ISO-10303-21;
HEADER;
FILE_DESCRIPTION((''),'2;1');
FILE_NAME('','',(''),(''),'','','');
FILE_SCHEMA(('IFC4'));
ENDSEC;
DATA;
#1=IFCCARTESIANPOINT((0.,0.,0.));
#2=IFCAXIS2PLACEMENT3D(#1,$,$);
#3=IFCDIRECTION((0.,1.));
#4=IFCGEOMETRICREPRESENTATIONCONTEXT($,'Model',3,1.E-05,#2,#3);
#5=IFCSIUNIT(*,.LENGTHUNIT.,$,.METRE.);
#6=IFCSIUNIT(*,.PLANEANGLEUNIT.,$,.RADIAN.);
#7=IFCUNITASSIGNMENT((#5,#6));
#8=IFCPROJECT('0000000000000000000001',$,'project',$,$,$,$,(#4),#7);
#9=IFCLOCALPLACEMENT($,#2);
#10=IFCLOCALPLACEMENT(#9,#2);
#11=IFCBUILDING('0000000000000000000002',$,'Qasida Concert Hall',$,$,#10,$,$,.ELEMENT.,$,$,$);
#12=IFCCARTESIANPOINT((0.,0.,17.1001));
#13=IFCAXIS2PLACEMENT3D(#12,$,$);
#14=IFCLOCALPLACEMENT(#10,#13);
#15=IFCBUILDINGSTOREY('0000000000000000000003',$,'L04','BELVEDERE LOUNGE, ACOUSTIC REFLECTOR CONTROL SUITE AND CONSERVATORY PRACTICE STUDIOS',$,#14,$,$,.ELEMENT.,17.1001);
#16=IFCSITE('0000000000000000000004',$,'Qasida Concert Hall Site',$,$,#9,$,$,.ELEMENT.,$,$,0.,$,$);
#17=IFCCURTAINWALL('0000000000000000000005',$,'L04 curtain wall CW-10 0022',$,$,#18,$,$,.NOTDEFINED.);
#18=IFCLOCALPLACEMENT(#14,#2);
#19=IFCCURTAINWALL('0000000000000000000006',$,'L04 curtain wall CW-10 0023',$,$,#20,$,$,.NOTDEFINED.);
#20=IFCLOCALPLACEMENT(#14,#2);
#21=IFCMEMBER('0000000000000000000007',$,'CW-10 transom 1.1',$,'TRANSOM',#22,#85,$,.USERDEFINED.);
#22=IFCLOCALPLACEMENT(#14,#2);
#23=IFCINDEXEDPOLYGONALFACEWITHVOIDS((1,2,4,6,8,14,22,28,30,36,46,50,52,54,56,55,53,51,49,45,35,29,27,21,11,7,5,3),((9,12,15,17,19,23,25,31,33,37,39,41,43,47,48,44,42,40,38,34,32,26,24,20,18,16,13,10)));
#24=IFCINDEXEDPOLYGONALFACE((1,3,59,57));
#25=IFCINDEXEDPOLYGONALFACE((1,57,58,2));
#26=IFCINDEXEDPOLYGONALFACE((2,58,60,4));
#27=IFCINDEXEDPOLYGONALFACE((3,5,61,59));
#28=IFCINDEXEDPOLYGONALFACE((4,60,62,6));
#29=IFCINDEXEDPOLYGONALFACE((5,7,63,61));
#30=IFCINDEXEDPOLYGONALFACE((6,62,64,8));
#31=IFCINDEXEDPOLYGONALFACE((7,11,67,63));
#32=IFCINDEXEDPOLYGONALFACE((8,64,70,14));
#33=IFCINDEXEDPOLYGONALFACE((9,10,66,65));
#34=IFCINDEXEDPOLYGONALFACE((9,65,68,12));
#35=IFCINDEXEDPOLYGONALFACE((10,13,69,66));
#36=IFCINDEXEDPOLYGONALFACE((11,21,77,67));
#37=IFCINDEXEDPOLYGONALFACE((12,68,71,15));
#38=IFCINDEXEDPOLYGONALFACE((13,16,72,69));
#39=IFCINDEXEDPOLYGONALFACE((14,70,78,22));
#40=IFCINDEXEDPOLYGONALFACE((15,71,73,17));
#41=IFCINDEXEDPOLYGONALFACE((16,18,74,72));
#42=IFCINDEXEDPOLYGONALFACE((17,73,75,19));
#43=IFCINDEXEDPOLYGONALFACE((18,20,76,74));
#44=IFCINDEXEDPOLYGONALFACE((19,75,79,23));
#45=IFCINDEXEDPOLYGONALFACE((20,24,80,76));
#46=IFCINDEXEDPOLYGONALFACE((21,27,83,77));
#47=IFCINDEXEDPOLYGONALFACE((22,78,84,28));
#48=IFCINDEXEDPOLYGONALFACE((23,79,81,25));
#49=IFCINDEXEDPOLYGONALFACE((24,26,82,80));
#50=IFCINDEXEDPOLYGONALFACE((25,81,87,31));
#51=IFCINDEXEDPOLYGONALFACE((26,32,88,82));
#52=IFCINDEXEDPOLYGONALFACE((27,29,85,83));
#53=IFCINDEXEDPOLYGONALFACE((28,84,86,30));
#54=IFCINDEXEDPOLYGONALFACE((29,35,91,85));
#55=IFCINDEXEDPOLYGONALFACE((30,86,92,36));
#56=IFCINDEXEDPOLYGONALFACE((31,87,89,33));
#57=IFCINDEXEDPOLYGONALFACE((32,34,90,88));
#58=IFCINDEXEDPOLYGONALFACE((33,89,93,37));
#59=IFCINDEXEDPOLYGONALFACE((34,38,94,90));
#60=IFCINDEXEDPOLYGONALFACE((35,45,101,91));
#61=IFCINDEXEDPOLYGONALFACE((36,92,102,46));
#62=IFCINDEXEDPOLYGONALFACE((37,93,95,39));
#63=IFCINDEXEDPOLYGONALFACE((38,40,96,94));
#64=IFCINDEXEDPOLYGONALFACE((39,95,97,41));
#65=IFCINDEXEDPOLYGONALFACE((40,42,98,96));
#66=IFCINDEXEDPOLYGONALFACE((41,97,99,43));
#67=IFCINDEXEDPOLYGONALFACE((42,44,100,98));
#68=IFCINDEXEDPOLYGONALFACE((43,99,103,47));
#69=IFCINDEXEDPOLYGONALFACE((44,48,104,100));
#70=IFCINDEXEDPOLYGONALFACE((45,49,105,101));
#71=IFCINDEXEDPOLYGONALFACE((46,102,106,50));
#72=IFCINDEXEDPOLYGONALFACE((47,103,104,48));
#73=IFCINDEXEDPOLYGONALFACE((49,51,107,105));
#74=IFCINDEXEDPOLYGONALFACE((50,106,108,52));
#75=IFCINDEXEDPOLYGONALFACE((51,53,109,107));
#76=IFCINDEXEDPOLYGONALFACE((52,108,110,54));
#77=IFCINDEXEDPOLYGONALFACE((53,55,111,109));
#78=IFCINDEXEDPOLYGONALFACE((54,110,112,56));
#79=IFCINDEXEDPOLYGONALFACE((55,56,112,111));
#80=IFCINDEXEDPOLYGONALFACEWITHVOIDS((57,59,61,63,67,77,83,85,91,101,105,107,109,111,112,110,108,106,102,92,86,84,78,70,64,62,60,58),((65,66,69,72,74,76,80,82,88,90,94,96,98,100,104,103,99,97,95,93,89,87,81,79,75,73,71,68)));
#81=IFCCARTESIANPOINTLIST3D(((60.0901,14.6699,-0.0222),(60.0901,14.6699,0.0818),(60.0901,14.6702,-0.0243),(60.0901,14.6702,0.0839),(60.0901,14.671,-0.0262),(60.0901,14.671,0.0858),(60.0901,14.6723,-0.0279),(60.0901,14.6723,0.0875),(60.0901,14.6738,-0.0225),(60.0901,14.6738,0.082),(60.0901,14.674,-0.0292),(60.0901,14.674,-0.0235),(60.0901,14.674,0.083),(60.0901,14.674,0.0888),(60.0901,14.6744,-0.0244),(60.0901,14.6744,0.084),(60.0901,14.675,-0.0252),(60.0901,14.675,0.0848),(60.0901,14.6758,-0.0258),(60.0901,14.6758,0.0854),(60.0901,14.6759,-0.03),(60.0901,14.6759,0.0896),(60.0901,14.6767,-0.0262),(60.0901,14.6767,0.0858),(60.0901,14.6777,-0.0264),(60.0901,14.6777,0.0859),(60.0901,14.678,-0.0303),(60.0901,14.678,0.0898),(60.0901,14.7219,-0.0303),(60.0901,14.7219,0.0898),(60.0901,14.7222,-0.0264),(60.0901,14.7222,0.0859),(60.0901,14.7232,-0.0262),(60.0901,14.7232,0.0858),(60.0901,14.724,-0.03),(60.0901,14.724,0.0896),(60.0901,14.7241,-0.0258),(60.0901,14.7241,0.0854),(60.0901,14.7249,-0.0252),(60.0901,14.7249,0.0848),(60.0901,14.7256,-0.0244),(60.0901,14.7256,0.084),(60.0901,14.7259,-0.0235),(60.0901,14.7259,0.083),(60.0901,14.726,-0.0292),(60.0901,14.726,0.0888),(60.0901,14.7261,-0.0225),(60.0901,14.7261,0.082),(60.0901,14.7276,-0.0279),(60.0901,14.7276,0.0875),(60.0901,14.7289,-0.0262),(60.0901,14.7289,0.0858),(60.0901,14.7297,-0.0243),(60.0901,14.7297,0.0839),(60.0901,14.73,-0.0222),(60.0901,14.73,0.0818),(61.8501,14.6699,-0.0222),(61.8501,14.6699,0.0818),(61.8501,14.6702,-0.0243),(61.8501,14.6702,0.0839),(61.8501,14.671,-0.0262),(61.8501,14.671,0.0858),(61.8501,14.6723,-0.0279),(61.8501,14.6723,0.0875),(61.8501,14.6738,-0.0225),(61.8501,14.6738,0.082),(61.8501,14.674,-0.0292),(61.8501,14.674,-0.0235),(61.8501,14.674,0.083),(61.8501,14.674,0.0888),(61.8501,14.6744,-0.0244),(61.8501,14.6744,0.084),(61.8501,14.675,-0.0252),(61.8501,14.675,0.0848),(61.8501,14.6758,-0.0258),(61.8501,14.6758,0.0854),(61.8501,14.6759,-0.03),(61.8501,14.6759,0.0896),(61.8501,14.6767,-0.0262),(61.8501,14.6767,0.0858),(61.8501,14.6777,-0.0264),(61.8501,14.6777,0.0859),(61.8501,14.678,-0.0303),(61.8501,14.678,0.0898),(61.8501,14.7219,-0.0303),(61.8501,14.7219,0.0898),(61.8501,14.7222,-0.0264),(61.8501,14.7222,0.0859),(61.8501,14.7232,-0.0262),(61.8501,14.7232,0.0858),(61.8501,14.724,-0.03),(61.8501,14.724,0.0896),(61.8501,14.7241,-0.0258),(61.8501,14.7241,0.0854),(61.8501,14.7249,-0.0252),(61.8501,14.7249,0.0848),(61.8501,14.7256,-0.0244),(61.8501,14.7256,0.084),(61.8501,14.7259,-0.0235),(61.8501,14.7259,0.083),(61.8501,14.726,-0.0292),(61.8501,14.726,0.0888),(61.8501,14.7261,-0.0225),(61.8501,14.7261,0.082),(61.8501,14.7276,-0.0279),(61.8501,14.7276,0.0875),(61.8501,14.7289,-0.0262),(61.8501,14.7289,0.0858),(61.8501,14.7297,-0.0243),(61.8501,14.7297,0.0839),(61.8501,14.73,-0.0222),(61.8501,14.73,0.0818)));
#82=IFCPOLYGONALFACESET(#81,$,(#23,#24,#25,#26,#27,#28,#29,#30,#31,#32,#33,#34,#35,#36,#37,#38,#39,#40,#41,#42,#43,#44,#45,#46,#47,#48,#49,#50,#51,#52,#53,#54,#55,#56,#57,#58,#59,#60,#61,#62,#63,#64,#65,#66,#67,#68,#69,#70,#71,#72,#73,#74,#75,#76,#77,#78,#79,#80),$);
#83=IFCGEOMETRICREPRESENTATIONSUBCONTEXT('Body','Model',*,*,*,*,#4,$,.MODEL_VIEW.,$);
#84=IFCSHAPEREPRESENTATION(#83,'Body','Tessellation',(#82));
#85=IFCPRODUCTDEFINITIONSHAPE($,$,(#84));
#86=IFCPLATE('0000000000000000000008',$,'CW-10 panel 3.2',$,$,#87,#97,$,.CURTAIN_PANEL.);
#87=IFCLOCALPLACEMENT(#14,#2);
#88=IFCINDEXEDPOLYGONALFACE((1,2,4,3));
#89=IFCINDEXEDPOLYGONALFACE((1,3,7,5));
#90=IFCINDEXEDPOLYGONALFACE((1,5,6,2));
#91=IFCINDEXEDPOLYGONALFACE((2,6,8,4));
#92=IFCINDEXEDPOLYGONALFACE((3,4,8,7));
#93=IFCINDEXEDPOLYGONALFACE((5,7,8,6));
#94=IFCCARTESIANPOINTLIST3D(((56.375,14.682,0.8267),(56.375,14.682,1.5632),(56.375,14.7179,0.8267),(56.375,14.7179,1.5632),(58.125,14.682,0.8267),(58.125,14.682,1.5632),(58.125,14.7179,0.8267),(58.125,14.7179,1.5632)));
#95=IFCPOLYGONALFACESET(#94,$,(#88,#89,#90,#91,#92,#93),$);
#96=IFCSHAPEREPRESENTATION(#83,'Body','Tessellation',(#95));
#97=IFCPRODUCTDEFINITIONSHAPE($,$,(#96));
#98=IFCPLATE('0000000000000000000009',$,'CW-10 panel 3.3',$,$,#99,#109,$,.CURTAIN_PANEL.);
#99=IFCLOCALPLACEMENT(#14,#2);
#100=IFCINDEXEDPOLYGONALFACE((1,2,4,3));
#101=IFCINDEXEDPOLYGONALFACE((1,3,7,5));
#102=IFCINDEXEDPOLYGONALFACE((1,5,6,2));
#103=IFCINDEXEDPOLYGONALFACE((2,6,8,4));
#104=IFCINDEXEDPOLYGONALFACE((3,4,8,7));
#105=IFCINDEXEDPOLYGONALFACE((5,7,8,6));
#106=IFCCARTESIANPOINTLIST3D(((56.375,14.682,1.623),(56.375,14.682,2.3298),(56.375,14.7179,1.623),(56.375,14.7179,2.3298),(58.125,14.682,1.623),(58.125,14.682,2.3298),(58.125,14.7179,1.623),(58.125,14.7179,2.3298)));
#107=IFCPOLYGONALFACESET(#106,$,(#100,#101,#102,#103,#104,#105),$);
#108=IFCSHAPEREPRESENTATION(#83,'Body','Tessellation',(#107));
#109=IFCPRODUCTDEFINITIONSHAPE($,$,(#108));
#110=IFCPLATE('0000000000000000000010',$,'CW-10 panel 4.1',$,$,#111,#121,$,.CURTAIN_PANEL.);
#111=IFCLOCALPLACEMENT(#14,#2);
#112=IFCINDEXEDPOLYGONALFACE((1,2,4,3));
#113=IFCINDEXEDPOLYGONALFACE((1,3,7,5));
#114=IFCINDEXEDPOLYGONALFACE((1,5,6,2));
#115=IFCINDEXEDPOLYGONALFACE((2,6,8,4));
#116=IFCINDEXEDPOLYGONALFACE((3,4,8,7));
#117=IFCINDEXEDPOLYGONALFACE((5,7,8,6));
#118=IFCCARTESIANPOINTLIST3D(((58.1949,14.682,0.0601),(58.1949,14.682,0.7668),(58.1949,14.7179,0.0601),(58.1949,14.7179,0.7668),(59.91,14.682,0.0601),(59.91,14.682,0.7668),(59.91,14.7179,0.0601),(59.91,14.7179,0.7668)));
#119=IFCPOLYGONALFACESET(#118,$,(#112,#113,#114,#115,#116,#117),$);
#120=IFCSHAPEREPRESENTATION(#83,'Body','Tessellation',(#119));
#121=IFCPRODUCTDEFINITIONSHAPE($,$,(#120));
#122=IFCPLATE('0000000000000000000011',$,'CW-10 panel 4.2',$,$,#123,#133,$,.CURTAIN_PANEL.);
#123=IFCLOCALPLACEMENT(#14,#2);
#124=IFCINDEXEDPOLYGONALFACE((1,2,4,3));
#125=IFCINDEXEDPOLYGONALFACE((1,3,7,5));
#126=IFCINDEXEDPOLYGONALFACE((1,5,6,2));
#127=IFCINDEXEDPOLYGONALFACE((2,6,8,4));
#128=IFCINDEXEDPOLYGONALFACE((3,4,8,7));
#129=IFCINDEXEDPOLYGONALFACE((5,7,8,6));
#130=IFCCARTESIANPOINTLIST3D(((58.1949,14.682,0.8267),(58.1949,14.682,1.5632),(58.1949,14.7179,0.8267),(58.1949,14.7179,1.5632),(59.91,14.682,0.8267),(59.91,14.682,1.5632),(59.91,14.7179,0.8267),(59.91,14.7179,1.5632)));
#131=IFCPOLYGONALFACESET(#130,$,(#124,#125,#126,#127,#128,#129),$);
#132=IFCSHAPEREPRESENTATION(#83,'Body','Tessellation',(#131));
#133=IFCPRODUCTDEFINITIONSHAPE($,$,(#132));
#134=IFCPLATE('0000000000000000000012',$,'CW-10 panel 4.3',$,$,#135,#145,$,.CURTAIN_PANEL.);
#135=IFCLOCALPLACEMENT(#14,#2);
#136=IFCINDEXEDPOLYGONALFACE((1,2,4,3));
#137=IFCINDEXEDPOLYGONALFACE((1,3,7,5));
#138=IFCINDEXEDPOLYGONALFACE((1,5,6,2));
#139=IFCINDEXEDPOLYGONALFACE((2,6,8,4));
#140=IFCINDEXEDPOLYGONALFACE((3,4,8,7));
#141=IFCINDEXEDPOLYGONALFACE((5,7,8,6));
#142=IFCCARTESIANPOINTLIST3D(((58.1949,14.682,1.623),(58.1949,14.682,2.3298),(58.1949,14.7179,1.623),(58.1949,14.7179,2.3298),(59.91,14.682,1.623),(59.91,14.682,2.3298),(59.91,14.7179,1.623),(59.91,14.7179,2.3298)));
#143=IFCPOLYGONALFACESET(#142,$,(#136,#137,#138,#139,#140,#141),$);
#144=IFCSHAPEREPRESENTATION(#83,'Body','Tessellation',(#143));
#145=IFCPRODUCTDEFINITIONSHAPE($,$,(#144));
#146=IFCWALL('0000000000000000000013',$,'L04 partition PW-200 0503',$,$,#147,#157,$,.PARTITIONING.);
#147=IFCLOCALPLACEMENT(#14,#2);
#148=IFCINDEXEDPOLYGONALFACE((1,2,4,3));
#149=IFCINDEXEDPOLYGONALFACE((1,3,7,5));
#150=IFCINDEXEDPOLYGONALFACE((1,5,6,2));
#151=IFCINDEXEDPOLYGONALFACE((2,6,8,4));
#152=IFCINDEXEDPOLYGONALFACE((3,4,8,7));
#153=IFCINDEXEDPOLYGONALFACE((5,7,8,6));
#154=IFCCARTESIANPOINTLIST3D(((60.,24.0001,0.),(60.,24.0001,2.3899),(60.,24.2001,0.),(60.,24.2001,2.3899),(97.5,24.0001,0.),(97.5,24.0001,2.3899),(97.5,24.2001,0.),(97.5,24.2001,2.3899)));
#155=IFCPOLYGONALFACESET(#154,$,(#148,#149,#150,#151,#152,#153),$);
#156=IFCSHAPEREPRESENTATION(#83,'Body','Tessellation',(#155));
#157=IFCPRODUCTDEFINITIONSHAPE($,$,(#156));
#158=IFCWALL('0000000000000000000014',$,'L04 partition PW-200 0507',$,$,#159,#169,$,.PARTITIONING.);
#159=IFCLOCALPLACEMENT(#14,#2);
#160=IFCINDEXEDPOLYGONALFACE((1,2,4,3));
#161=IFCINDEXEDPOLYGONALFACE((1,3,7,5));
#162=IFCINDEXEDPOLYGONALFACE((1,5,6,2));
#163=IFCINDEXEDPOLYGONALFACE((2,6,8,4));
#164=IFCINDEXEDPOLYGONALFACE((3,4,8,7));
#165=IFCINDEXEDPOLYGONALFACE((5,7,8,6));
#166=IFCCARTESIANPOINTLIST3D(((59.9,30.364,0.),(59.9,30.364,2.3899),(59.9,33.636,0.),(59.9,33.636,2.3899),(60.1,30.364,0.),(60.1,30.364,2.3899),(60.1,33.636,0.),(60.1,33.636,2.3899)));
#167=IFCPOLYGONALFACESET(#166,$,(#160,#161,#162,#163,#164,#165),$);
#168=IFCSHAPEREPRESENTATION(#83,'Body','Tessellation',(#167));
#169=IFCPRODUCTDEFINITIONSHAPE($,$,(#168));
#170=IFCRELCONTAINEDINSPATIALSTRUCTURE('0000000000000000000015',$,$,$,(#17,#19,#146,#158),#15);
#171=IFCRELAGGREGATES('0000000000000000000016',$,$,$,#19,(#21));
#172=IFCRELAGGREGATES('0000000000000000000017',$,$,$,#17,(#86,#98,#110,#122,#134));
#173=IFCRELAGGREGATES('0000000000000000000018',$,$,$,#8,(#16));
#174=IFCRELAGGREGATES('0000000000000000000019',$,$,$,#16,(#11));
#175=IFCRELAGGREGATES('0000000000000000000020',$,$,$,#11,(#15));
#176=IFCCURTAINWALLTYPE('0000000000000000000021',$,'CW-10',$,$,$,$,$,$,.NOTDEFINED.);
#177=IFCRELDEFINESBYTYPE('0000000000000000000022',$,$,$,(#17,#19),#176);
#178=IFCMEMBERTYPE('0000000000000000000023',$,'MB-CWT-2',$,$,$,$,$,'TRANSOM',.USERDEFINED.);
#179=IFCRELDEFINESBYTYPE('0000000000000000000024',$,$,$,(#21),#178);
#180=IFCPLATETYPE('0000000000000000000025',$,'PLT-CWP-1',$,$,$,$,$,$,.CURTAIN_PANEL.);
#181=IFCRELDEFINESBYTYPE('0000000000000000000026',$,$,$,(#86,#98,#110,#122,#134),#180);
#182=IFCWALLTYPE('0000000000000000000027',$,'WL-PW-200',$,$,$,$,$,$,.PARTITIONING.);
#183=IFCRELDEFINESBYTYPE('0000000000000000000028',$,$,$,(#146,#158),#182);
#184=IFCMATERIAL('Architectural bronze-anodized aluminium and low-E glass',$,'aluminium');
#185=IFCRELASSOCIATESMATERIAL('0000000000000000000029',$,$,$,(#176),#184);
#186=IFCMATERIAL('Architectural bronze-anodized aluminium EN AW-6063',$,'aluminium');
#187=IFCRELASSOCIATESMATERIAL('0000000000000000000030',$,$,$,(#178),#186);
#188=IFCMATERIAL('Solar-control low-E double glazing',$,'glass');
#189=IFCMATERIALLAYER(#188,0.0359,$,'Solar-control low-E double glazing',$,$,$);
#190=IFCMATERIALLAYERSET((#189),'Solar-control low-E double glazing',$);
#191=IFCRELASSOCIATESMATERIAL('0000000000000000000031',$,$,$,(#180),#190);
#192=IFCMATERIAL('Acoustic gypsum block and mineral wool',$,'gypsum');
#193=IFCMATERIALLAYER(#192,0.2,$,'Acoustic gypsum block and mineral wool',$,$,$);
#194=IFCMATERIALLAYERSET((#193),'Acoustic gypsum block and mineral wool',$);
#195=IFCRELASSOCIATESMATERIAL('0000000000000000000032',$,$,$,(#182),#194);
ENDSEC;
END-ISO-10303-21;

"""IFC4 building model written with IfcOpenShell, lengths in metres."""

from ifc_helpers import new_model, si_unit, direction, frame, frame_2d, origin, origin_2d, place, context, subcontext, project, spatial, rectangle, hollow_rectangle, extrude, material, layer, layer_set, material_profile, profile_set, type_object, element, aggregate, save


model = new_model("IFC4")

# Units and contexts
model_context = context("Model", 3, precision=1e-05, world=origin(), true_north=direction((0.0, 1.0)))
body_context = subcontext(model_context, "Body", "Model", "MODEL_VIEW")
ifc_project = project(units=[si_unit("LENGTHUNIT", "METRE"), si_unit("PLANEANGLEUNIT", "RADIAN")], contexts=[model_context])

# Site, building, storey
site_placement = place(None, origin())
site = spatial("IfcSite", under=ifc_project, at=site_placement, Name="Qasida Concert Hall Site", CompositionType="ELEMENT", RefElevation=0.0)
building_placement = place(site_placement, origin())
building = spatial("IfcBuilding", under=site, at=building_placement, Name="Qasida Concert Hall", CompositionType="ELEMENT")
storey_placement = place(building_placement, frame((0.0, 0.0, 17.1001)))
storey = spatial("IfcBuildingStorey", under=building, at=storey_placement, Name="L04", Description="BELVEDERE LOUNGE, ACOUSTIC REFLECTOR CONTROL SUITE AND CONSERVATORY PRACTICE STUDIOS", CompositionType="ELEMENT", Elevation=17.1001)

# Curtain wall
ifc_material_1 = material(Name="Architectural bronze-anodized aluminium and low-E glass", Category="aluminium")
curtain_wall_type = type_object("IfcCurtainWallType", Name="CW-10", PredefinedType="NOTDEFINED", material=ifc_material_1)
curtain_wall_1_placement = place(storey_placement, origin())
curtain_wall_1 = element("IfcCurtainWall", 1, at=curtain_wall_1_placement, inside=storey, type_object=curtain_wall_type, Name="L04 curtain wall CW-10 0022", PredefinedType="NOTDEFINED")
ifc_material_2 = material(Name="Architectural bronze-anodized aluminium EN AW-6063", Category="aluminium")

# Curtain wall
curtain_wall_2_placement = place(storey_placement, origin())
curtain_wall_2 = element("IfcCurtainWall", 2, at=curtain_wall_2_placement, inside=storey, type_object=curtain_wall_type, Name="L04 curtain wall CW-10 0023", PredefinedType="NOTDEFINED")

# Member
ifc_material_profile_1 = material_profile(ifc_material_2, hollow_rectangle(XDim=0.0601, YDim=0.1201, WallThickness=0.0039, InnerFilletRadius=0.0039, OuterFilletRadius=0.0081, at=origin_2d()), Name="CWT 120x60x4")
ifc_profile_set_1 = profile_set([ifc_material_profile_1], Name="Architectural bronze-anodized aluminium EN AW-6063")
member_type_1 = type_object("IfcMemberType", Name="MB-CWT-2", ElementType="TRANSOM", PredefinedType="USERDEFINED", material=ifc_profile_set_1)
member_1_placement = place(storey_placement, frame((60.0901, 14.7, 0.0298), z_axis=(1.0, 0.0, 0.0), x_axis=(0.0, 1.0, 0.0)))
member_1 = element("IfcMember", 3, at=member_1_placement, type_object=member_type_1, Name="CW-10 transom 1.1", ObjectType="TRANSOM", PredefinedType="USERDEFINED", context=body_context, shape_type="SweptSolid", body=[
    extrude(hollow_rectangle(XDim=0.0601, YDim=0.1201, WallThickness=0.0039, InnerFilletRadius=0.0039, OuterFilletRadius=0.0081, at=origin_2d()), origin(), (0.0, 0.0, 1.0), 1.76),
])
aggregate(curtain_wall_2, [member_1])

# Plates
ifc_material_3 = material(Name="Solar-control low-E double glazing", Category="glass")
ifc_layer_1 = layer(ifc_material_3, 0.0359, Name="Solar-control low-E double glazing")
ifc_layer_set_1 = layer_set([ifc_layer_1], Name="Solar-control low-E double glazing")
plate_type = type_object("IfcPlateType", Name="PLT-CWP-1", PredefinedType="CURTAIN_PANEL", material=ifc_layer_set_1)
plate_1_placement = place(storey_placement, frame((57.25, 14.7, 0.8267), z_axis=(0.0, 0.0, 1.0), x_axis=(1.0, 0.0, 0.0)))
plate_1 = element("IfcPlate", 4, at=plate_1_placement, type_object=plate_type, Name="CW-10 panel 3.2", PredefinedType="CURTAIN_PANEL", context=body_context, shape_type="SweptSolid", body=[
    extrude(rectangle(XDim=1.75, YDim=0.0359, at=origin_2d()), origin(), (0.0, 0.0, 1.0), 0.7366),
])
plate_2_placement = place(storey_placement, frame((57.25, 14.7, 1.623), z_axis=(0.0, 0.0, 1.0), x_axis=(1.0, 0.0, 0.0)))
plate_2 = element("IfcPlate", 5, at=plate_2_placement, type_object=plate_type, Name="CW-10 panel 3.3", PredefinedType="CURTAIN_PANEL", context=body_context, shape_type="SweptSolid", body=[
    extrude(rectangle(XDim=1.75, YDim=0.0359, at=origin_2d()), origin(), (0.0, 0.0, 1.0), 0.7068),
])
plate_3_placement = place(storey_placement, frame((59.0525, 14.7, 0.0601), z_axis=(0.0, 0.0, 1.0), x_axis=(1.0, 0.0, 0.0)))
plate_3 = element("IfcPlate", 6, at=plate_3_placement, type_object=plate_type, Name="CW-10 panel 4.1", PredefinedType="CURTAIN_PANEL", context=body_context, shape_type="SweptSolid", body=[
    extrude(rectangle(XDim=1.7151, YDim=0.0359, at=origin_2d()), origin(), (0.0, 0.0, 1.0), 0.7068),
])
plate_4_placement = place(storey_placement, frame((59.0525, 14.7, 0.8267), z_axis=(0.0, 0.0, 1.0), x_axis=(1.0, 0.0, 0.0)))
plate_4 = element("IfcPlate", 7, at=plate_4_placement, type_object=plate_type, Name="CW-10 panel 4.2", PredefinedType="CURTAIN_PANEL", context=body_context, shape_type="SweptSolid", body=[
    extrude(rectangle(XDim=1.7151, YDim=0.0359, at=origin_2d()), origin(), (0.0, 0.0, 1.0), 0.7366),
])
plate_5_placement = place(storey_placement, frame((59.0525, 14.7, 1.623), z_axis=(0.0, 0.0, 1.0), x_axis=(1.0, 0.0, 0.0)))
plate_5 = element("IfcPlate", 8, at=plate_5_placement, type_object=plate_type, Name="CW-10 panel 4.3", PredefinedType="CURTAIN_PANEL", context=body_context, shape_type="SweptSolid", body=[
    extrude(rectangle(XDim=1.7151, YDim=0.0359, at=origin_2d()), origin(), (0.0, 0.0, 1.0), 0.7068),
])
aggregate(curtain_wall_1, [plate_1, plate_2, plate_3, plate_4, plate_5])

# Wall
ifc_material_4 = material(Name="Acoustic gypsum block and mineral wool", Category="gypsum")
ifc_layer_2 = layer(ifc_material_4, 0.2, Name="Acoustic gypsum block and mineral wool")
ifc_layer_set_2 = layer_set([ifc_layer_2], Name="Acoustic gypsum block and mineral wool")
wall_type = type_object("IfcWallType", Name="WL-PW-200", PredefinedType="PARTITIONING", material=ifc_layer_set_2)
wall_1_placement = place(storey_placement, frame((60.0, 24.1001, 0.0), z_axis=(0.0, 0.0, 1.0), x_axis=(1.0, 0.0, 0.0)))
element("IfcWall", 9, at=wall_1_placement, inside=storey, type_object=wall_type, Name="L04 partition PW-200 0503", PredefinedType="PARTITIONING", context=body_context, shape_type="SweptSolid", body=[
    extrude(rectangle(XDim=37.5, YDim=0.2, at=frame_2d((18.75, 0.0))), origin(), (0.0, 0.0, 1.0), 2.3899),
])

# Wall
wall_2_placement = place(storey_placement, frame((60.0, 30.364, 0.0), z_axis=(0.0, 0.0, 1.0), x_axis=(0.0, 1.0, 0.0)))
element("IfcWall", 10, at=wall_2_placement, inside=storey, type_object=wall_type, Name="L04 partition PW-200 0507", PredefinedType="PARTITIONING", context=body_context, shape_type="SweptSolid", body=[
    extrude(rectangle(XDim=3.272, YDim=0.2, at=frame_2d((1.636, 0.0))), origin(), (0.0, 0.0, 1.0), 2.3899),
])

save(model, "model.ifc")
